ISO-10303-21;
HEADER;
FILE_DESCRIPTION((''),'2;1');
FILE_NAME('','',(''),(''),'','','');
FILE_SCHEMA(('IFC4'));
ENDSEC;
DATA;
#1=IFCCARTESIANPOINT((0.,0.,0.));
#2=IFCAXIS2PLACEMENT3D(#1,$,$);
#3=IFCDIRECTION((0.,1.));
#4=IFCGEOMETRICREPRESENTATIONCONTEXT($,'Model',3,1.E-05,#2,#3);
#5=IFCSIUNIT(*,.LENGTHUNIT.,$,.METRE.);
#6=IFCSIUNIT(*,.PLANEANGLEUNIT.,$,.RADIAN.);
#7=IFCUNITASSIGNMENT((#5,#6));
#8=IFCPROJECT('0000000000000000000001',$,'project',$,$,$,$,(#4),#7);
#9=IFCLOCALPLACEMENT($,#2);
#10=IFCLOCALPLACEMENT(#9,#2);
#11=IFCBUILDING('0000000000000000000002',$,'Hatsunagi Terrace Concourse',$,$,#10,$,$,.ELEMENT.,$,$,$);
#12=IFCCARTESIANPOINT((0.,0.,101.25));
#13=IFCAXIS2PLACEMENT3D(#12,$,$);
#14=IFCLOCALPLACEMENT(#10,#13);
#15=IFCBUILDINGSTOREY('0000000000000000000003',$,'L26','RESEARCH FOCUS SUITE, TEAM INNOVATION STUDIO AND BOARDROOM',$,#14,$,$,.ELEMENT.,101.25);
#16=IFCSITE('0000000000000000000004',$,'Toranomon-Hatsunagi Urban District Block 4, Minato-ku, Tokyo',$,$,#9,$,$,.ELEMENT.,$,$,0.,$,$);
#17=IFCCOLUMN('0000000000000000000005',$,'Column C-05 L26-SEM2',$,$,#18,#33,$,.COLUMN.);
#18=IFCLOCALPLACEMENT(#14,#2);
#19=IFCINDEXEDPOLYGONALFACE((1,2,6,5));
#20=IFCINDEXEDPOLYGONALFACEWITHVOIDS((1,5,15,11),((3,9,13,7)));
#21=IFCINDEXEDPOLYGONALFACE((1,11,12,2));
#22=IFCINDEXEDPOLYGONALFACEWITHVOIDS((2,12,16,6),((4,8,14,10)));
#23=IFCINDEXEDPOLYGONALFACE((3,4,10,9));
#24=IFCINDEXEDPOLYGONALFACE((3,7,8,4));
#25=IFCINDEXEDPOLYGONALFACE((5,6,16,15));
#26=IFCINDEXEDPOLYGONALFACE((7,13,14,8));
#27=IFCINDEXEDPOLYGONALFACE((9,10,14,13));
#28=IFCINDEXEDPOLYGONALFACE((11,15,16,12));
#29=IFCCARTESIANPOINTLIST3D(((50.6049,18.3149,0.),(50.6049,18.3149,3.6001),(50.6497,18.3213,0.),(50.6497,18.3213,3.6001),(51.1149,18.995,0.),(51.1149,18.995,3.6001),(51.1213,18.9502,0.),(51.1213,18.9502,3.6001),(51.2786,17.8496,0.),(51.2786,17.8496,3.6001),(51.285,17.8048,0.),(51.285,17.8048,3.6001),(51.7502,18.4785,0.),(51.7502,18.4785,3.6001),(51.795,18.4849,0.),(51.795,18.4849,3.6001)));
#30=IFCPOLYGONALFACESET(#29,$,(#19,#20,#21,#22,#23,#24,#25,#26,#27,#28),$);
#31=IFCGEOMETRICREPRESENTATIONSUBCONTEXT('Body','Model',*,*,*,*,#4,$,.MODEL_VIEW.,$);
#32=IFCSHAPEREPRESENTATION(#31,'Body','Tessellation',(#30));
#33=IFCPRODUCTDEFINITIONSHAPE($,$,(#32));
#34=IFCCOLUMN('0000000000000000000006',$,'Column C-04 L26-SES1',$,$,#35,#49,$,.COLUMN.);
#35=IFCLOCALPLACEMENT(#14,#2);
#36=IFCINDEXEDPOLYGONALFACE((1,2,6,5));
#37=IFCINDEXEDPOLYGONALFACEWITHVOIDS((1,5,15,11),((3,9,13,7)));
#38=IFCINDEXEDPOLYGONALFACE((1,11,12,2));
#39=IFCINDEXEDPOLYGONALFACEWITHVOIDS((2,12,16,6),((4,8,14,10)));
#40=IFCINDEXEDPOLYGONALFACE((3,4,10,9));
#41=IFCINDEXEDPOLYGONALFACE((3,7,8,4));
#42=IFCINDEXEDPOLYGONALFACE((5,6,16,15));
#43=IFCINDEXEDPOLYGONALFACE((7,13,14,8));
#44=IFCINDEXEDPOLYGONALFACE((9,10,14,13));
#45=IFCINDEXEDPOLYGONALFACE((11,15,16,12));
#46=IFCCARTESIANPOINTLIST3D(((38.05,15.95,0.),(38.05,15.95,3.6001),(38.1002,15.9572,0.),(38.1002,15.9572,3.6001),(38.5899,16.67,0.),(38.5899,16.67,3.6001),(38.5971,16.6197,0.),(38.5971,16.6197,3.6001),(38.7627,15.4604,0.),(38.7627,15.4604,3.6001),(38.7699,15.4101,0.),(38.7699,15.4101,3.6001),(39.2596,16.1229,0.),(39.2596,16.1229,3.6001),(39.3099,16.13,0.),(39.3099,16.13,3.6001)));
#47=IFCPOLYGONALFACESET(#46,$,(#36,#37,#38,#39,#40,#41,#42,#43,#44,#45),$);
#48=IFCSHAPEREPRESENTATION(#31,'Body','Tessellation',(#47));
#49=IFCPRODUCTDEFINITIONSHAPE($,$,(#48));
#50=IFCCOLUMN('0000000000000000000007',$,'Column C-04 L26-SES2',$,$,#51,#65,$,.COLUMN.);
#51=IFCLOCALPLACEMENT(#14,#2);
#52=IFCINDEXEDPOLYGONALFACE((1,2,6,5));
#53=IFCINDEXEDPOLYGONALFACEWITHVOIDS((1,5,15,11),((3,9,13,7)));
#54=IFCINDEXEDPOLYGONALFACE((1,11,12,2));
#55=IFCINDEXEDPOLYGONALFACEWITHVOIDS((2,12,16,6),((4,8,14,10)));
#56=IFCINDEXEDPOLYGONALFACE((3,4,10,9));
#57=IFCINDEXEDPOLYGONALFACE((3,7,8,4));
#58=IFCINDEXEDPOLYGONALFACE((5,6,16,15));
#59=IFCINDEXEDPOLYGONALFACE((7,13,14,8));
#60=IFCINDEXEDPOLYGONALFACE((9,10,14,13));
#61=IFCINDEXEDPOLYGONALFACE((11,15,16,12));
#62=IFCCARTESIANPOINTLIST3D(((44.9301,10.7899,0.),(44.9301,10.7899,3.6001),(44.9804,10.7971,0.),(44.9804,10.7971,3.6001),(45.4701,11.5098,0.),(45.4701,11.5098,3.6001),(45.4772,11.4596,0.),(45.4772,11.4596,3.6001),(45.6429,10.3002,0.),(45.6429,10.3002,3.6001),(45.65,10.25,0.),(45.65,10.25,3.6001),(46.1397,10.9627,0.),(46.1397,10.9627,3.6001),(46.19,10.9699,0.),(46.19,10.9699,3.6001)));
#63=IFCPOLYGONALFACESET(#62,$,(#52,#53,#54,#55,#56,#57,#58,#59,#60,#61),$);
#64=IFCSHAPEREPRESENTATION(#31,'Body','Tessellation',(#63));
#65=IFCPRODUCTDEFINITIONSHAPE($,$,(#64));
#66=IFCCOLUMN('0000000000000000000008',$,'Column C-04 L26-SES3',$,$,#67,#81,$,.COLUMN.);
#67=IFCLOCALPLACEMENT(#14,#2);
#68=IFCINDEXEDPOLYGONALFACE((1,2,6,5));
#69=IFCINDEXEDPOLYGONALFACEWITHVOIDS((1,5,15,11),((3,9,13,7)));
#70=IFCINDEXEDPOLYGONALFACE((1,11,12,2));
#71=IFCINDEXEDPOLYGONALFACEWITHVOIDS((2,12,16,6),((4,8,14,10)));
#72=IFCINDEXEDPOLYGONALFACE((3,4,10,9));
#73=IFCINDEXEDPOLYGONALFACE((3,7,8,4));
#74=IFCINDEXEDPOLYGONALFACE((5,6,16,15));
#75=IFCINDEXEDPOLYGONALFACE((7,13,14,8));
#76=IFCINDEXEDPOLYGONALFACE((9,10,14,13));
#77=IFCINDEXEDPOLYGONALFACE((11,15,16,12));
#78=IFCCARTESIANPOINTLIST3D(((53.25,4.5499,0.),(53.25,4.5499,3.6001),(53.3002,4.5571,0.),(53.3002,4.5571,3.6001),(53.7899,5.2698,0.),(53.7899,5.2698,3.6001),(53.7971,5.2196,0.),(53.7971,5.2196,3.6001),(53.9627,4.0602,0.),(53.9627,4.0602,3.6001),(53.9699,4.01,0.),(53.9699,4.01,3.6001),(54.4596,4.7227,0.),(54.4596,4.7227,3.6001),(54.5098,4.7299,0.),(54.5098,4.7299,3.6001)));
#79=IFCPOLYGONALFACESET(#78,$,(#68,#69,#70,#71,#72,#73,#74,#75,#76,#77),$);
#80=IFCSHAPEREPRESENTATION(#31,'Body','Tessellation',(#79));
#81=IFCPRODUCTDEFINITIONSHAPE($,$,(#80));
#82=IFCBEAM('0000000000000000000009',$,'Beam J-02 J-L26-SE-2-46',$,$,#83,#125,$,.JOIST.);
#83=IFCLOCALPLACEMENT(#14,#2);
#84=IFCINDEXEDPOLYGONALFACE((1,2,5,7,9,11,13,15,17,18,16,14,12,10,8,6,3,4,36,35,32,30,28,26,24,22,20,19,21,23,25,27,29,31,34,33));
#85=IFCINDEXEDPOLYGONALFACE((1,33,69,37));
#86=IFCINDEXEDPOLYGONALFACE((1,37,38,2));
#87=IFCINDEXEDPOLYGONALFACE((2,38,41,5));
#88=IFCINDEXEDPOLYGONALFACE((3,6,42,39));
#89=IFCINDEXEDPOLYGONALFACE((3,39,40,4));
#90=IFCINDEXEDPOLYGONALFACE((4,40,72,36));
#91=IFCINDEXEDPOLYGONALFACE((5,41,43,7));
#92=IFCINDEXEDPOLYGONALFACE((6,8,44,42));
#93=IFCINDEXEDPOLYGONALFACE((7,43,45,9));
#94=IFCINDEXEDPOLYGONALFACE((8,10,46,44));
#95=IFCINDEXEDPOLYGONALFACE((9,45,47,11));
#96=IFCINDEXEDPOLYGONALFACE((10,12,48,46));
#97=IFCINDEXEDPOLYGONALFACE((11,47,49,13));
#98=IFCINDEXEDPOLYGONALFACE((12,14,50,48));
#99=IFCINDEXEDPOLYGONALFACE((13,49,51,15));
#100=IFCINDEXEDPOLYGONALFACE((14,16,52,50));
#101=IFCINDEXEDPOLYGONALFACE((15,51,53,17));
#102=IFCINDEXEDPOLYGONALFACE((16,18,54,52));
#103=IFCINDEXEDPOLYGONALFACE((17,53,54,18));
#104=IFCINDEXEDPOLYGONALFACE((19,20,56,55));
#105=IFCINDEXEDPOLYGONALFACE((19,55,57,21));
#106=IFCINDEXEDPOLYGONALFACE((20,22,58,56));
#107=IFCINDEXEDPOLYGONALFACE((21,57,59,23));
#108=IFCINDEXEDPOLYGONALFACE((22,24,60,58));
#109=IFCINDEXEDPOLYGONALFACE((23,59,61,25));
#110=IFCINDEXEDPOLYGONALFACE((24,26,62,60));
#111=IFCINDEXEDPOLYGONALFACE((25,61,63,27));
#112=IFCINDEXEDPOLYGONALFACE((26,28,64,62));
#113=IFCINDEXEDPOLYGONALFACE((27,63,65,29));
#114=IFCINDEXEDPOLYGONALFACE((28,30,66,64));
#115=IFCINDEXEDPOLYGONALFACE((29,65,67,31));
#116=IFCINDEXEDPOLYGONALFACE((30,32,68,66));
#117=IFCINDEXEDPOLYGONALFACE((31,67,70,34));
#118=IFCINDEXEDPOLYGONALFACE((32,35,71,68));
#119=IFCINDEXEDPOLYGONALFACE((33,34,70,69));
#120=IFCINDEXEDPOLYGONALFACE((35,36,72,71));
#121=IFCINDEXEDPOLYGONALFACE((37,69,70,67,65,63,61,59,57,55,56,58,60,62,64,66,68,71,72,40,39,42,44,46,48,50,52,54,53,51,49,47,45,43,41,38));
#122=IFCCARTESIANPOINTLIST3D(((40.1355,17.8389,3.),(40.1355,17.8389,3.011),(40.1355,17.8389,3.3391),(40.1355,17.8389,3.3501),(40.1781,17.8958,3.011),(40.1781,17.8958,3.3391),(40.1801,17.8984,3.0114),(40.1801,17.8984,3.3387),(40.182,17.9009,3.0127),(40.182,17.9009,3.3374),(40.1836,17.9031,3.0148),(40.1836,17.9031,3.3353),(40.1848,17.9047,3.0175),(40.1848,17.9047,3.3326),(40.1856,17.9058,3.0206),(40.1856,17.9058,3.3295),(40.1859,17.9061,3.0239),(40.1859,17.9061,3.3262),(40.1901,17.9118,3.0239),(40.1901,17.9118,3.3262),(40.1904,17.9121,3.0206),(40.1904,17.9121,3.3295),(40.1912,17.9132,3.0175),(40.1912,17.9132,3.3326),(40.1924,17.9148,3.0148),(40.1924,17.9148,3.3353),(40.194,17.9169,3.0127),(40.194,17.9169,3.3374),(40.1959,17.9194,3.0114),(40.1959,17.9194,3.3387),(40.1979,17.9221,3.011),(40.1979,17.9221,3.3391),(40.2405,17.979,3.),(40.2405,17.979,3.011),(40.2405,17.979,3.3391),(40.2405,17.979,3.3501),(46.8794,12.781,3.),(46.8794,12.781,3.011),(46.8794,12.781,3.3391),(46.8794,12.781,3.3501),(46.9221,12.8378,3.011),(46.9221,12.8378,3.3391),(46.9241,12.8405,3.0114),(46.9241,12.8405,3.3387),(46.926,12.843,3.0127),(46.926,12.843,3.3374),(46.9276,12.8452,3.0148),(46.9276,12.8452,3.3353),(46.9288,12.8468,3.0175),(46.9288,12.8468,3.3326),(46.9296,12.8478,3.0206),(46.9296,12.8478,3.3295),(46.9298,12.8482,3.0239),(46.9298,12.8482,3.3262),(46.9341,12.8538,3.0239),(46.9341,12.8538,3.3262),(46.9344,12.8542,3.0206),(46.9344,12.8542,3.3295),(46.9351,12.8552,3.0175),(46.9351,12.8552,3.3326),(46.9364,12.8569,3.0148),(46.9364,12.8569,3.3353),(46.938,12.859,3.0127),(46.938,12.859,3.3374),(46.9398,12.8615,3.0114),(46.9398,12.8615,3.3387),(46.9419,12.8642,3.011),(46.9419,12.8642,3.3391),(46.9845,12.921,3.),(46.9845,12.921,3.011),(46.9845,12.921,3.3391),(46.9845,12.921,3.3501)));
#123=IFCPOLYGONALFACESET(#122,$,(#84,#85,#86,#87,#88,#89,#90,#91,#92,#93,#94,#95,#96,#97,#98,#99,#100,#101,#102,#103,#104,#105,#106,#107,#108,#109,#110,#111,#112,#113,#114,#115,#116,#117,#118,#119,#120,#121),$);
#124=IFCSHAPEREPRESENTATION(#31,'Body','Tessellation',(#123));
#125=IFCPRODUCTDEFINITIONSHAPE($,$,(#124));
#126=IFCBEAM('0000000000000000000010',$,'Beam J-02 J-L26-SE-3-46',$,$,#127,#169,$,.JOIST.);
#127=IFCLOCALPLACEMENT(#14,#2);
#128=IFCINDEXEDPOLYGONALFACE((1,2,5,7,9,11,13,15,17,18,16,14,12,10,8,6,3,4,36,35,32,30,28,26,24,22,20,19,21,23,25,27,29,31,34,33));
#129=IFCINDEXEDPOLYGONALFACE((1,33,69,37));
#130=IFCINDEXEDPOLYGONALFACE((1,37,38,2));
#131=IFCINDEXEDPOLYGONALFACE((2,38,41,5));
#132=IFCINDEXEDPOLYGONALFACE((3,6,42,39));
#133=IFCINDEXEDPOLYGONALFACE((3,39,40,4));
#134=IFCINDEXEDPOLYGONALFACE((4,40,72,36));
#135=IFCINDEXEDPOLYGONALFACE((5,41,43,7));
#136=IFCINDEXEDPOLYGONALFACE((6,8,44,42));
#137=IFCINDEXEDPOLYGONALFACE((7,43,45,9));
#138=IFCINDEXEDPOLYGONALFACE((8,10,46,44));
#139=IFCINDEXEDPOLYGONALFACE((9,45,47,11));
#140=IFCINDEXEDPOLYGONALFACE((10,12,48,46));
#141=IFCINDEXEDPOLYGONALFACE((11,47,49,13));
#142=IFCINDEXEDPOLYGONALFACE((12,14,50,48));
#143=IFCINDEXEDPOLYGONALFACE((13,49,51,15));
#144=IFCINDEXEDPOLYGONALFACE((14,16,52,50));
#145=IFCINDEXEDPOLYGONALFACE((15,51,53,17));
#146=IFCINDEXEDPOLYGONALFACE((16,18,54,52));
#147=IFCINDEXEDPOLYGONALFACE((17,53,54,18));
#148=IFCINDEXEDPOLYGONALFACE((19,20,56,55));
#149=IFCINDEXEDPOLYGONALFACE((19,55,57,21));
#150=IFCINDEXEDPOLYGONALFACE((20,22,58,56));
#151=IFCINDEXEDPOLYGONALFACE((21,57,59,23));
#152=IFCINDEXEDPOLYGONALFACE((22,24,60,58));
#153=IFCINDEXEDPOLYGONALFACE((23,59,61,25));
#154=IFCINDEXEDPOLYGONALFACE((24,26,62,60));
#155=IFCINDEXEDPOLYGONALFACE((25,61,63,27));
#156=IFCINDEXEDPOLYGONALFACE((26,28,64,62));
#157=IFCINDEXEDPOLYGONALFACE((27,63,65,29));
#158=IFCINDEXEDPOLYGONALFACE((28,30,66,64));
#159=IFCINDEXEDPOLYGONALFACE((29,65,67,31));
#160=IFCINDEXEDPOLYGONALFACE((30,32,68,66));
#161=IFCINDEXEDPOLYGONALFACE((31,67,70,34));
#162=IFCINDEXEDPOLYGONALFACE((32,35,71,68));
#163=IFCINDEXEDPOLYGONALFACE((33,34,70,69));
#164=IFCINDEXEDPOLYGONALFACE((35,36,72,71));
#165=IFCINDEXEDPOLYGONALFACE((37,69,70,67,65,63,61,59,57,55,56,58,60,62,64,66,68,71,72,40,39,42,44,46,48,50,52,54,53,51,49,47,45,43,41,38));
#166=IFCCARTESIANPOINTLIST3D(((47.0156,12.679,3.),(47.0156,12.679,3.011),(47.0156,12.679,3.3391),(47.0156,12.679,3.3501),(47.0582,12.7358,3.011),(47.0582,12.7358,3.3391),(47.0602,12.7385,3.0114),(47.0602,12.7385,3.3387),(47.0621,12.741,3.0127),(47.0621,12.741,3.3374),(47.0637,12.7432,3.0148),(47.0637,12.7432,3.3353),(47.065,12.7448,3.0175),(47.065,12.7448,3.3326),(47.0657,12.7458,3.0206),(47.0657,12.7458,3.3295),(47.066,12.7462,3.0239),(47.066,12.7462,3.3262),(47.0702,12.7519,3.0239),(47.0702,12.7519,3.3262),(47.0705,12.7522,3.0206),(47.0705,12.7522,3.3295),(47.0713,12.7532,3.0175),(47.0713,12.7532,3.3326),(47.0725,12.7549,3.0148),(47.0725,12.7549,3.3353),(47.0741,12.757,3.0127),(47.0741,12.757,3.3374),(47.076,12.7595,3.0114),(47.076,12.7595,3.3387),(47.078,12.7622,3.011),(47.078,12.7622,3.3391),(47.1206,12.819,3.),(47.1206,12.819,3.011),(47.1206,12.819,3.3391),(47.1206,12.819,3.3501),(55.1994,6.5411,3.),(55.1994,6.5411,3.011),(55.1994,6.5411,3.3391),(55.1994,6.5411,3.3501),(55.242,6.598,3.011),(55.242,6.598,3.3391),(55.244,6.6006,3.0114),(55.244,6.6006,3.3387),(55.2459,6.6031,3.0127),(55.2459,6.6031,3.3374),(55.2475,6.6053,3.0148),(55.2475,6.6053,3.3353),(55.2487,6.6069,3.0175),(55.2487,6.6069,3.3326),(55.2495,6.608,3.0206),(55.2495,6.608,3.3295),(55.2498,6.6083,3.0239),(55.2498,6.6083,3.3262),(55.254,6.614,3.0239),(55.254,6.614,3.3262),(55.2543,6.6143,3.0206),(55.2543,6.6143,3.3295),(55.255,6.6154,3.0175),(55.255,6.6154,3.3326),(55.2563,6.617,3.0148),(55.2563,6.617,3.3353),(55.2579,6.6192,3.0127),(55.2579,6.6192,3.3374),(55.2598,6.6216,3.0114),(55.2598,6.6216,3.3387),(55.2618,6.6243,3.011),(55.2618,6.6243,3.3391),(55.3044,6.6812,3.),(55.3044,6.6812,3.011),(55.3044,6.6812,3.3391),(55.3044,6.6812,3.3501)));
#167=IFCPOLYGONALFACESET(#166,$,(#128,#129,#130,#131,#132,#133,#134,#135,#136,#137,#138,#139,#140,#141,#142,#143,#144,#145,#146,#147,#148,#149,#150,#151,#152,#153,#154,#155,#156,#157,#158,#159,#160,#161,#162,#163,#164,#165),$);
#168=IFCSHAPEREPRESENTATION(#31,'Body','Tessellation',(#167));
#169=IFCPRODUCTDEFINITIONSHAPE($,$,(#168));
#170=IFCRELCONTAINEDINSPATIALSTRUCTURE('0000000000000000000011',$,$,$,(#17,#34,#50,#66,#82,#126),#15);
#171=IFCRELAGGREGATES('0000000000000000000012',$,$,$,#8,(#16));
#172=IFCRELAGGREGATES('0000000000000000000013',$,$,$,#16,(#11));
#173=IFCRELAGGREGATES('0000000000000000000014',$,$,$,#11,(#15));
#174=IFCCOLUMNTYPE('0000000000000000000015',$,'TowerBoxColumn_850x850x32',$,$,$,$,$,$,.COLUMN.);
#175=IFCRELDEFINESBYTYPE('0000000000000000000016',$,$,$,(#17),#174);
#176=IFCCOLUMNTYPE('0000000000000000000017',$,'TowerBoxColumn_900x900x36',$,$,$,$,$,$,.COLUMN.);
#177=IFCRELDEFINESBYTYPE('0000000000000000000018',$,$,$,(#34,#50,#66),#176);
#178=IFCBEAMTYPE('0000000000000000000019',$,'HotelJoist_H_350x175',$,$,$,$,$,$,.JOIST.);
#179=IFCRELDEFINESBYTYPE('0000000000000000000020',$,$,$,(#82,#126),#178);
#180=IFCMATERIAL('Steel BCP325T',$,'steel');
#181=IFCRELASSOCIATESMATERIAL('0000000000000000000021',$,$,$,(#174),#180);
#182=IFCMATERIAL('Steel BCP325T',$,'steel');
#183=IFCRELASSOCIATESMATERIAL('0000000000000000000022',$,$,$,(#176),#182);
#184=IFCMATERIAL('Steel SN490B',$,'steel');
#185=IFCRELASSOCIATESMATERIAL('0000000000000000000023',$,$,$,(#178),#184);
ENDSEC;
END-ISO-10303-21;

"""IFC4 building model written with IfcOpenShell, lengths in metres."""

from ifc_helpers import new_model, si_unit, direction, frame, origin, origin_2d, place, context, subcontext, project, spatial, hollow_rectangle, i_section, extrude, material, material_profile, profile_set, type_object, element, save


model = new_model("IFC4")

# Units and contexts
model_context = context("Model", 3, precision=1e-05, world=origin(), true_north=direction((0.0, 1.0)))
body_context = subcontext(model_context, "Body", "Model", "MODEL_VIEW")
ifc_project = project(units=[si_unit("LENGTHUNIT", "METRE"), si_unit("PLANEANGLEUNIT", "RADIAN")], contexts=[model_context])

# Site, building, storey
site_placement = place(None, origin())
site = spatial("IfcSite", under=ifc_project, at=site_placement, Name="Toranomon-Hatsunagi Urban District Block 4, Minato-ku, Tokyo", CompositionType="ELEMENT", RefElevation=0.0)
building_placement = place(site_placement, origin())
building = spatial("IfcBuilding", under=site, at=building_placement, Name="Hatsunagi Terrace Concourse", CompositionType="ELEMENT")
storey_placement = place(building_placement, frame((0.0, 0.0, 101.25)))
storey = spatial("IfcBuildingStorey", under=building, at=storey_placement, Name="L26", Description="RESEARCH FOCUS SUITE, TEAM INNOVATION STUDIO AND BOARDROOM", CompositionType="ELEMENT", Elevation=101.25)

# Columns
ifc_material_1 = material(Name="Steel BCP325T", Category="steel")
ifc_material_profile_1 = material_profile(ifc_material_1, hollow_rectangle(XDim=0.8501, YDim=0.8501, WallThickness=0.032, at=origin_2d()), Name="BCP-850x850x32")
ifc_profile_set_1 = profile_set([ifc_material_profile_1], Name="Steel BCP325T")
column_type_1 = type_object("IfcColumnType", Name="TowerBoxColumn_850x850x32", PredefinedType="COLUMN", material=ifc_profile_set_1)
column_placement = place(storey_placement, frame((51.2, 18.3999, 0.0), z_axis=(0.0, 0.0, 1.0), x_axis=(0.8, -0.6, 0.0)))
element("IfcColumn", 1, at=column_placement, inside=storey, type_object=column_type_1, Name="Column C-05 L26-SEM2", PredefinedType="COLUMN", context=body_context, shape_type="SweptSolid", body=[
    extrude(hollow_rectangle(XDim=0.8501, YDim=0.8501, WallThickness=0.032, at=origin_2d()), origin(), (0.0, 0.0, 1.0), 3.6001),
])
ifc_material_2 = material(Name="Steel BCP325T", Category="steel")
ifc_material_profile_2 = material_profile(ifc_material_2, hollow_rectangle(XDim=0.8999, YDim=0.8999, WallThickness=0.0359, at=origin_2d()), Name="BCP-900x900x36")
ifc_profile_set_2 = profile_set([ifc_material_profile_2], Name="Steel BCP325T")
column_type_2 = type_object("IfcColumnType", Name="TowerBoxColumn_900x900x36", PredefinedType="COLUMN", material=ifc_profile_set_2)
for number, where, z_axis, x_axis, name in (
    (2, (38.6799, 16.04, 0.0), (0.0, 0.0, 1.0), (0.8, -0.6, 0.0), "Column C-04 L26-SES1"),
    (3, (45.5601, 10.8799, 0.0), (0.0, 0.0, 1.0), (0.8, -0.6, 0.0), "Column C-04 L26-SES2"),
    (4, (53.8799, 4.6399, 0.0), (0.0, 0.0, 1.0), (0.8, -0.6, 0.0), "Column C-04 L26-SES3"),
):
    element("IfcColumn", number, at=place(storey_placement, frame(where, z_axis=z_axis, x_axis=x_axis)), inside=storey, type_object=column_type_2, Name=name, PredefinedType="COLUMN", context=body_context, shape_type="SweptSolid", body=[
        extrude(hollow_rectangle(XDim=0.8999, YDim=0.8999, WallThickness=0.0359, at=origin_2d()), origin(), (0.0, 0.0, 1.0), 3.6001),
    ])

# Beams
ifc_material_3 = material(Name="Steel SN490B", Category="steel")
ifc_material_profile_3 = material_profile(ifc_material_3, i_section(OverallWidth=0.175, OverallDepth=0.3501, WebThickness=0.0071, FlangeThickness=0.011, FilletRadius=0.0129, at=origin_2d()), Name="H-350x175x7x11")
ifc_profile_set_3 = profile_set([ifc_material_profile_3], Name="Steel SN490B")
beam_type_1 = type_object("IfcBeamType", Name="HotelJoist_H_350x175", PredefinedType="JOIST", material=ifc_profile_set_3)
beam_1_placement = place(storey_placement, frame((40.188, 17.9089, 3.175), z_axis=(0.800003, -0.599995, 0.0), x_axis=(0.599995, 0.800003, 0.0)))
element("IfcBeam", 5, at=beam_1_placement, inside=storey, type_object=beam_type_1, Name="Beam J-02 J-L26-SE-2-46", PredefinedType="JOIST", context=body_context, shape_type="SweptSolid", body=[
    extrude(i_section(OverallWidth=0.175, OverallDepth=0.3501, WebThickness=0.0071, FlangeThickness=0.011, FilletRadius=0.0129, at=origin_2d()), origin(), (0.0, 0.0, 1.0), 8.4299),
])
beam_2_placement = place(storey_placement, frame((47.0681, 12.749, 3.175), z_axis=(0.799997, -0.600004, 0.0), x_axis=(0.600004, 0.799997, 0.0)))
element("IfcBeam", 6, at=beam_2_placement, inside=storey, type_object=beam_type_1, Name="Beam J-02 J-L26-SE-3-46", PredefinedType="JOIST", context=body_context, shape_type="SweptSolid", body=[
    extrude(i_section(OverallWidth=0.175, OverallDepth=0.3501, WebThickness=0.0071, FlangeThickness=0.011, FilletRadius=0.0129, at=origin_2d()), origin(), (0.0, 0.0, 1.0), 10.2297),
])

save(model, "model.ifc")
